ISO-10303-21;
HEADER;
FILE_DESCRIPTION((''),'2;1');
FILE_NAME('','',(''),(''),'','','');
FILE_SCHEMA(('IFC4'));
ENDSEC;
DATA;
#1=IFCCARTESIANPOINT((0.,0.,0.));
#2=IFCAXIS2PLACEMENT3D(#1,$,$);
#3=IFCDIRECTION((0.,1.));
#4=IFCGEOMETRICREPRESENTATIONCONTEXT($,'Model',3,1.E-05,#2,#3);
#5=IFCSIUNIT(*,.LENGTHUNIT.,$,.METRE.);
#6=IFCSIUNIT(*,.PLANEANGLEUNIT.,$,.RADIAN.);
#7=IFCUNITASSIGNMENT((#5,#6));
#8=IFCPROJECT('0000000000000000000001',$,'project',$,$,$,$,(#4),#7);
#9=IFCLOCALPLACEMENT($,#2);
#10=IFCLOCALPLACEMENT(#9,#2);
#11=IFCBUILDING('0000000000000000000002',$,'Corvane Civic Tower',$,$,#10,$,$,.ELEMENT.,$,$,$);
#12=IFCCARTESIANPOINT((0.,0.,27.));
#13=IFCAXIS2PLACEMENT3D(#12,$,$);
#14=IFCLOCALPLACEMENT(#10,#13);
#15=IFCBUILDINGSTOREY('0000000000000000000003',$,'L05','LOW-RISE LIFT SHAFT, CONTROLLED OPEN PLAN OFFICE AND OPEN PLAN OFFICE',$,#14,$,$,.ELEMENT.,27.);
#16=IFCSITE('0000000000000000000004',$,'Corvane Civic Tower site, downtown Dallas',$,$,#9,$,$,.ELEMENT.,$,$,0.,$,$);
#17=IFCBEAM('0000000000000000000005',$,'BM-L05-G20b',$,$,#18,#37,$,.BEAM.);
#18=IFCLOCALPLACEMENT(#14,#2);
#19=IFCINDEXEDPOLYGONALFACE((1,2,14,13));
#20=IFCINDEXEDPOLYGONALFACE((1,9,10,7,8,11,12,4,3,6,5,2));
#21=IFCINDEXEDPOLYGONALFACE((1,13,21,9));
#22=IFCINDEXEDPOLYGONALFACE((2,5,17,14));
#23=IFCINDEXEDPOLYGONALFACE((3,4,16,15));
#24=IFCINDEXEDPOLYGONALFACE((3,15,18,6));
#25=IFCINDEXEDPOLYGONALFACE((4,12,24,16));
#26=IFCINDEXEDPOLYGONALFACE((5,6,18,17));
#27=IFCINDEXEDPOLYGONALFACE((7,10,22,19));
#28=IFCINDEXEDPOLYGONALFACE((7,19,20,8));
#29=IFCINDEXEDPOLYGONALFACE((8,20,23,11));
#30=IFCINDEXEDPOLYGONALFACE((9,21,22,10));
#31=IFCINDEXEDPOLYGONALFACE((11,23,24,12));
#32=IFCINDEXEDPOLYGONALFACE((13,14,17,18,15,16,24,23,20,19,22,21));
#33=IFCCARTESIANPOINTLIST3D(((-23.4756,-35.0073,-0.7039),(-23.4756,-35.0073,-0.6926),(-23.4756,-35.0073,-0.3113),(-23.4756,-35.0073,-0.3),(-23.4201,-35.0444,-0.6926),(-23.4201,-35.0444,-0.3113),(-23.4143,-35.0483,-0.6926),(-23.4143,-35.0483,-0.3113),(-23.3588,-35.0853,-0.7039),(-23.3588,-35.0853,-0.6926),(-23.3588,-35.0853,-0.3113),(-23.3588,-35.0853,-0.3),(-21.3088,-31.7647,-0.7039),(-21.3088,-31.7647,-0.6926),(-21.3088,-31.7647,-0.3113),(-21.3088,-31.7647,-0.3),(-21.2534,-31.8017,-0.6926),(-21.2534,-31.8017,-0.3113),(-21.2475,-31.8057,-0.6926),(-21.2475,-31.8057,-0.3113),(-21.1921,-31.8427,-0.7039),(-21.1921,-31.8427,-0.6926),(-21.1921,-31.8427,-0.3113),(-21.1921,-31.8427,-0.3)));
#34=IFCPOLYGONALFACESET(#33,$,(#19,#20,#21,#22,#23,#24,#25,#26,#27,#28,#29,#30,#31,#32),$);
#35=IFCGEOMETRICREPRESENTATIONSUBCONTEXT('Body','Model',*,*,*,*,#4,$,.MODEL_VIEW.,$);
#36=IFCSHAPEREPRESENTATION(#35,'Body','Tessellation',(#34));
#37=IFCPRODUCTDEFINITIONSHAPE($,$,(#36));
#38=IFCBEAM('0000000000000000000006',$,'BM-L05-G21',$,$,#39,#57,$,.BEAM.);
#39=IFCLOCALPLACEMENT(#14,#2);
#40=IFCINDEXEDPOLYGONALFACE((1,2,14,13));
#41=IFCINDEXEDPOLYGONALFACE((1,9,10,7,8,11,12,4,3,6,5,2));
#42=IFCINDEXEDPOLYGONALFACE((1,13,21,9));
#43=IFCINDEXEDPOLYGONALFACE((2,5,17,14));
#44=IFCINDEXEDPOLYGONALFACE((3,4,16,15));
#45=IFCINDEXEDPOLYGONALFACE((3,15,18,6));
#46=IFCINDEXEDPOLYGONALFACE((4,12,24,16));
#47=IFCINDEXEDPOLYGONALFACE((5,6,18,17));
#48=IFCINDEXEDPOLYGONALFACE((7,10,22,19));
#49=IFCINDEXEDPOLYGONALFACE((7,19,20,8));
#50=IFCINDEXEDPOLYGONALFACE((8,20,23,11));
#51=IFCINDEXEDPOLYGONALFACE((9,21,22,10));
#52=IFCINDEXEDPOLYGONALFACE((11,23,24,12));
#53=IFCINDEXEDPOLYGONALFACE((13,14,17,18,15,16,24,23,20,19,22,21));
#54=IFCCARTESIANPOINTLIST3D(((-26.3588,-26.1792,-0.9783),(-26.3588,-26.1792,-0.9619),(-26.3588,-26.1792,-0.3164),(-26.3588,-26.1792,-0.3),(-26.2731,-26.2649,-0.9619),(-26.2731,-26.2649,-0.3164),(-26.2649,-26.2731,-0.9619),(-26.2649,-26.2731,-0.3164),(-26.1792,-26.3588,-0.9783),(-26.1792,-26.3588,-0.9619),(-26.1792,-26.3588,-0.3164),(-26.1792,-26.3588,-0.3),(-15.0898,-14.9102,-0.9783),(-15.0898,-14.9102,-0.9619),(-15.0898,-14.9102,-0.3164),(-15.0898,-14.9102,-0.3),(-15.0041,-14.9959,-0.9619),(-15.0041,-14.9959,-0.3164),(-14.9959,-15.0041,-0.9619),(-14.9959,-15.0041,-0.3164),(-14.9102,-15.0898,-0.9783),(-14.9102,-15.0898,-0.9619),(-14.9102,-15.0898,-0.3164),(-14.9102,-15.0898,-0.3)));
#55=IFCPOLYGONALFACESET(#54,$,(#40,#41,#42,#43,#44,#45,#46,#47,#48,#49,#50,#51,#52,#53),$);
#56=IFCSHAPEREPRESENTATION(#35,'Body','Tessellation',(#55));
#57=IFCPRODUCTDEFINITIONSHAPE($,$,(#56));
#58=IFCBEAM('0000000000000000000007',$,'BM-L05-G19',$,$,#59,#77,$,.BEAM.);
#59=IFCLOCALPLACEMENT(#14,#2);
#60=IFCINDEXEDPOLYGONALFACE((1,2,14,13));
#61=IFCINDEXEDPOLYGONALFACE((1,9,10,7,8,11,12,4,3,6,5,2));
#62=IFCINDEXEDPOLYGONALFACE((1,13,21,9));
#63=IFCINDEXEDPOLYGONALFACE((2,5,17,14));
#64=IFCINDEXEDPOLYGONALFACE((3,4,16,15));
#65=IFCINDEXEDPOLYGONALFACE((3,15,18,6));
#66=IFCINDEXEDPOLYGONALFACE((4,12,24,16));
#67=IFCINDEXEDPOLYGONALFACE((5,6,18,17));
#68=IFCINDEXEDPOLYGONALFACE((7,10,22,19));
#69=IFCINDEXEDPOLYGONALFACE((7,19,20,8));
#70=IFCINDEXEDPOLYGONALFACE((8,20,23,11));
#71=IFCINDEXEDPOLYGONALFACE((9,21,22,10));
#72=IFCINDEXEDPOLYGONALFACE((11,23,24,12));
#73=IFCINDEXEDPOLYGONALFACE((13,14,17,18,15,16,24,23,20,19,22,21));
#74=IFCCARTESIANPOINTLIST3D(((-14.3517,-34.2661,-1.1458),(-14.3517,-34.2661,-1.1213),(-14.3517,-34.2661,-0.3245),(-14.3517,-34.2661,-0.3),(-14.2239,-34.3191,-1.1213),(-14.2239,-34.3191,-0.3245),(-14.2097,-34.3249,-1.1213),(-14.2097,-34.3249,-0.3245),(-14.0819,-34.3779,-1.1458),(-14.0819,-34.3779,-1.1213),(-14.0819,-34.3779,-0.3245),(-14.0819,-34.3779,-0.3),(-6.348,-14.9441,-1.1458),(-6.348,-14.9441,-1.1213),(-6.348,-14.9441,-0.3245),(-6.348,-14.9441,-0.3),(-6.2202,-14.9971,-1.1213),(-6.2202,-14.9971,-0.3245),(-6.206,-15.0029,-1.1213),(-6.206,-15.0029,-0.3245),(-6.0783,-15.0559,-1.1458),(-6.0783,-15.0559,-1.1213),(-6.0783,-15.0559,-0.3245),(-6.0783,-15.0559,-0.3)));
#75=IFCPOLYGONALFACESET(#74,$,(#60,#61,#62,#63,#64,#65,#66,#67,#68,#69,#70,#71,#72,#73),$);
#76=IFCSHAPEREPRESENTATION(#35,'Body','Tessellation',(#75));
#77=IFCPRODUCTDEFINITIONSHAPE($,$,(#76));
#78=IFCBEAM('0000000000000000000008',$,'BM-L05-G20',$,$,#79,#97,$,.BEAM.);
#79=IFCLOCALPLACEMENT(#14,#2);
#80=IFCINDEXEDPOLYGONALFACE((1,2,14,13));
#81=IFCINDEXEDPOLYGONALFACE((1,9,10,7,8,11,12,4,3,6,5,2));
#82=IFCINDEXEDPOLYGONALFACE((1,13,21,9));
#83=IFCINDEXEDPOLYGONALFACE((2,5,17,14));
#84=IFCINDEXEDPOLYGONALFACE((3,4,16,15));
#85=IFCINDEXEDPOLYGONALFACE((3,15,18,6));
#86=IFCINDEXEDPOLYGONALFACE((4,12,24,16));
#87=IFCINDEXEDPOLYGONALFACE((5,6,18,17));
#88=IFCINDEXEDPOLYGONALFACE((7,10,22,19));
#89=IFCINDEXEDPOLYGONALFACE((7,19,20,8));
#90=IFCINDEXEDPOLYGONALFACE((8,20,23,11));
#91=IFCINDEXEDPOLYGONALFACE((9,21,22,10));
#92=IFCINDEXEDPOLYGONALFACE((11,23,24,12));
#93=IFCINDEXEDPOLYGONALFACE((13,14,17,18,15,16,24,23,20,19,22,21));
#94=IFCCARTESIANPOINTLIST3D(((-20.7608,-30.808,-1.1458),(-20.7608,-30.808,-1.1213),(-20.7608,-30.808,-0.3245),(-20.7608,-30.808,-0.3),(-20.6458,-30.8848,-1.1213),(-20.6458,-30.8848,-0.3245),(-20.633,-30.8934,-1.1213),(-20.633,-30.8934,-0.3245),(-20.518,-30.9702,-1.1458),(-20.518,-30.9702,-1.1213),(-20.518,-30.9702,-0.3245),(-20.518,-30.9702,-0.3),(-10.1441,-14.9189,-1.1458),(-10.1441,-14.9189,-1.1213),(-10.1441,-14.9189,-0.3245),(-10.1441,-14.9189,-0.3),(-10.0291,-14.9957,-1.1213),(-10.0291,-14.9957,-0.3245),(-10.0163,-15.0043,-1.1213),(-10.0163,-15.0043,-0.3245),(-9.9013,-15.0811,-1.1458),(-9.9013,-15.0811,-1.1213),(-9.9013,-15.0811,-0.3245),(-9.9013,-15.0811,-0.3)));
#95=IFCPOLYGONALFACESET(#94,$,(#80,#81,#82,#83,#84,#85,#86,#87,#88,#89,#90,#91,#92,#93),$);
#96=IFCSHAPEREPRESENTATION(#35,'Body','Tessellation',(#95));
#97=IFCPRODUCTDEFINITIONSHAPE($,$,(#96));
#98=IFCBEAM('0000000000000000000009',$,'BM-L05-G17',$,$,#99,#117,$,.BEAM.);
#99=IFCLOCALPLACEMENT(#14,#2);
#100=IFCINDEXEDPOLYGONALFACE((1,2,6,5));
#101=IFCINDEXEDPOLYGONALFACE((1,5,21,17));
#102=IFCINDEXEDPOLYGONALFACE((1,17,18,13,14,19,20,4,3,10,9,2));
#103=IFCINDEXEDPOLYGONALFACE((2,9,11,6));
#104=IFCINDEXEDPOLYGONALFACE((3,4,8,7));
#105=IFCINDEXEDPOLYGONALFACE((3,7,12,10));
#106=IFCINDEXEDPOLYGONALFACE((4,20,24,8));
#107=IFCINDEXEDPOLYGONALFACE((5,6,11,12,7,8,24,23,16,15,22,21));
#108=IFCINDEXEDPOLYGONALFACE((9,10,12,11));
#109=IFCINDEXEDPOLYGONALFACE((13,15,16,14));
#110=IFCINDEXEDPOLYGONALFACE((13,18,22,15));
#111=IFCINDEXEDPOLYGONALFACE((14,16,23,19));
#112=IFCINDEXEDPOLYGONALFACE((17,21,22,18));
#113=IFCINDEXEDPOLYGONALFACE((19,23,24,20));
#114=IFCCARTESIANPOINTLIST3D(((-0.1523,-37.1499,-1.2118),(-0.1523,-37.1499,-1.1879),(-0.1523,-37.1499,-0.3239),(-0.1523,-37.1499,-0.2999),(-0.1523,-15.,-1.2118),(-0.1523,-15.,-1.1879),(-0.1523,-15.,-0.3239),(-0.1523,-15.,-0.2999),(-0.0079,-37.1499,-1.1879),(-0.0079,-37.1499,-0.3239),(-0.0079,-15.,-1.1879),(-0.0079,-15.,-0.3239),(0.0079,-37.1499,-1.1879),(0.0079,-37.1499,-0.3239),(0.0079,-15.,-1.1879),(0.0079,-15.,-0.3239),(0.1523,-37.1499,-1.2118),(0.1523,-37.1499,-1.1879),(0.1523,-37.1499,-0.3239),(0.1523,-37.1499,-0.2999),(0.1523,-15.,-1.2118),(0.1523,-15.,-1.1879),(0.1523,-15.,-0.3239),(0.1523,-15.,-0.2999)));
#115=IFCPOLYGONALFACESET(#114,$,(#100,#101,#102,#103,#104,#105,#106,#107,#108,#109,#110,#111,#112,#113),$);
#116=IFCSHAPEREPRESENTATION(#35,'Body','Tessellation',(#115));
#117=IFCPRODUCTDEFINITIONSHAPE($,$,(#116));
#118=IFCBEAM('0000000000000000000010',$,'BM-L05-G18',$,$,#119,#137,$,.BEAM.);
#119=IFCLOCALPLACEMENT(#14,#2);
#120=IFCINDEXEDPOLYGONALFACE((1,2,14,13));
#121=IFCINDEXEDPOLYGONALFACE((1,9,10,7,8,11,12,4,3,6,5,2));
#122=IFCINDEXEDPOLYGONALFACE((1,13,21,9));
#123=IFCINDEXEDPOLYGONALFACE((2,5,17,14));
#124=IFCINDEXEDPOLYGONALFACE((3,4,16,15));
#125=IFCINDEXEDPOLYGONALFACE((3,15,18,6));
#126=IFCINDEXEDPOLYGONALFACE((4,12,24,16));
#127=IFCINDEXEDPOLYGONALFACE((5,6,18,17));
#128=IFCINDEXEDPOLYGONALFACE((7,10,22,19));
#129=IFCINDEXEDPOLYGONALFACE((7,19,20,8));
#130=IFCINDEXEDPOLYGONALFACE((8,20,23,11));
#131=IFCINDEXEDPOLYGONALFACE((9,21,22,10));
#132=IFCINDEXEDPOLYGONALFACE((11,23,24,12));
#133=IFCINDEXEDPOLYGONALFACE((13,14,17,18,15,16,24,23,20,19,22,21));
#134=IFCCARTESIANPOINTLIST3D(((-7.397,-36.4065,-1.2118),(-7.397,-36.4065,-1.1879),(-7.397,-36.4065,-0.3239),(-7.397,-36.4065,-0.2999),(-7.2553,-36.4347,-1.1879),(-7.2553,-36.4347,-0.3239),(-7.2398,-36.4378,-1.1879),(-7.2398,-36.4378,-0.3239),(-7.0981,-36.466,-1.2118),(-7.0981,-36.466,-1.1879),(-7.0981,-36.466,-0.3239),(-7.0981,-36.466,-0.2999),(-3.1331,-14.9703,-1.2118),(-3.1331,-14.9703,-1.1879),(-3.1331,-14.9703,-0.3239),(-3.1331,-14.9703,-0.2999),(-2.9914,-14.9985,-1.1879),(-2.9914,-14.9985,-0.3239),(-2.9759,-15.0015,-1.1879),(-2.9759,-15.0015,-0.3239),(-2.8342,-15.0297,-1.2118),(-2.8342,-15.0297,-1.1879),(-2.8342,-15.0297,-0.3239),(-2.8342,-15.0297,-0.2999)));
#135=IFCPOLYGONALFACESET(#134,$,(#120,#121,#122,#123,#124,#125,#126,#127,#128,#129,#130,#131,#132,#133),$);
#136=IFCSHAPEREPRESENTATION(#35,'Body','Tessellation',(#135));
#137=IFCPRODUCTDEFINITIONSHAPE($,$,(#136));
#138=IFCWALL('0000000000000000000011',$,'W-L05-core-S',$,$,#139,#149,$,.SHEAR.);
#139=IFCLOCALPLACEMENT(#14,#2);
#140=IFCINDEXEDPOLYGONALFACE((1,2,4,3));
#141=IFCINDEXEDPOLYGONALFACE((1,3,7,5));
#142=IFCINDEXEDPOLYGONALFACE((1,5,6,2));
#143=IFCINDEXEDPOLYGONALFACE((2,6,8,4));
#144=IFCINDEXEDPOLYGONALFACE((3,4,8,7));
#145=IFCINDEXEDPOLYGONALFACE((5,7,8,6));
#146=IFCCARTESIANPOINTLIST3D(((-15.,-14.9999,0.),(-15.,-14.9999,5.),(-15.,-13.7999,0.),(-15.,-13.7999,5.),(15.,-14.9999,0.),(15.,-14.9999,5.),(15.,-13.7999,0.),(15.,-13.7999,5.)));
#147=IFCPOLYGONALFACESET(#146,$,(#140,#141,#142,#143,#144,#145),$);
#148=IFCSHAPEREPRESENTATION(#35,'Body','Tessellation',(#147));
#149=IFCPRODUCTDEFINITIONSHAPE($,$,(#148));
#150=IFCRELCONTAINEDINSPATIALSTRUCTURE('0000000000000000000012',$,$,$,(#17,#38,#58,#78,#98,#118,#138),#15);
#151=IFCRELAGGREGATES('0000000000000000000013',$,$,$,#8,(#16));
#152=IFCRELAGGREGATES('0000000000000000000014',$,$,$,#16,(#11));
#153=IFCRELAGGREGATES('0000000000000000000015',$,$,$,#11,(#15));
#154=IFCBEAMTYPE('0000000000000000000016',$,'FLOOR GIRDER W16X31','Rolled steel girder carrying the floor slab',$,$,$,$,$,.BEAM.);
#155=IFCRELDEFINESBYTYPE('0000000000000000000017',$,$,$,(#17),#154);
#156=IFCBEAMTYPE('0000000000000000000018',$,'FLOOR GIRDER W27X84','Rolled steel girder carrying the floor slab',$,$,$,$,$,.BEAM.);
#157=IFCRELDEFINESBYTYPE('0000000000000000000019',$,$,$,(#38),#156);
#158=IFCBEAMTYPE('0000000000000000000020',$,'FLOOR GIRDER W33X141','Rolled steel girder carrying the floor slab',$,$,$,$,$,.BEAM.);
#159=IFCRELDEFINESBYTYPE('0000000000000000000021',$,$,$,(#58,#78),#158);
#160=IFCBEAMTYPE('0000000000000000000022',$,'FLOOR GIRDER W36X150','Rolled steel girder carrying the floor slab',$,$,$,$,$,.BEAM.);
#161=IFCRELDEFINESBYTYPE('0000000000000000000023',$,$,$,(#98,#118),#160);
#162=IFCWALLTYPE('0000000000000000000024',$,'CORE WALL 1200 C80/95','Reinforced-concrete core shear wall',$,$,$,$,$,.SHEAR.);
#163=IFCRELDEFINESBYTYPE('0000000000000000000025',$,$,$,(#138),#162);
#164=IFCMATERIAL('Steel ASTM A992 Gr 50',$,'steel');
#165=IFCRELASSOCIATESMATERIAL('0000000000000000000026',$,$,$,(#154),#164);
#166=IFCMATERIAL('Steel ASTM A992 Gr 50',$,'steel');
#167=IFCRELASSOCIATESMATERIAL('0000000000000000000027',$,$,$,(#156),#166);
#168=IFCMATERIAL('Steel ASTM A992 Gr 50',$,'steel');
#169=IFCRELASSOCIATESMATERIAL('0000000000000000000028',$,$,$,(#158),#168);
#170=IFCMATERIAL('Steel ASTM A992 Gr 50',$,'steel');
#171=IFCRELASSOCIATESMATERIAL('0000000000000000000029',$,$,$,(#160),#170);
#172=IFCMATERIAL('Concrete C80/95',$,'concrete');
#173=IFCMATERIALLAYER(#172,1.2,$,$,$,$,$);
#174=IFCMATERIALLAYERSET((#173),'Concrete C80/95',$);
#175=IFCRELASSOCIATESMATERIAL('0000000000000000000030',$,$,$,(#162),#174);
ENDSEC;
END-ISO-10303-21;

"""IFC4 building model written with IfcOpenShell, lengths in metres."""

from ifc_helpers import new_model, si_unit, direction, frame, frame_2d, origin, origin_2d, place, context, subcontext, project, spatial, rectangle, i_section, extrude, material, layer, layer_set, material_profile, profile_set, type_object, element, save


model = new_model("IFC4")

# Units and contexts
model_context = context("Model", 3, precision=1e-05, world=origin(), true_north=direction((0.0, 1.0)))
body_context = subcontext(model_context, "Body", "Model", "MODEL_VIEW")
ifc_project = project(units=[si_unit("LENGTHUNIT", "METRE"), si_unit("PLANEANGLEUNIT", "RADIAN")], contexts=[model_context])

# Site, building, storey
site_placement = place(None, origin())
site = spatial("IfcSite", under=ifc_project, at=site_placement, Name="Corvane Civic Tower site, downtown Dallas", CompositionType="ELEMENT", RefElevation=0.0)
building_placement = place(site_placement, origin())
building = spatial("IfcBuilding", under=site, at=building_placement, Name="Corvane Civic Tower", CompositionType="ELEMENT")
storey_placement = place(building_placement, frame((0.0, 0.0, 27.0)))
storey = spatial("IfcBuildingStorey", under=building, at=storey_placement, Name="L05", Description="LOW-RISE LIFT SHAFT, CONTROLLED OPEN PLAN OFFICE AND OPEN PLAN OFFICE", CompositionType="ELEMENT", Elevation=27.0)

# Beams
ifc_material_1 = material(Name="Steel ASTM A992 Gr 50", Category="steel")
ifc_material_profile_1 = material_profile(ifc_material_1, i_section(OverallWidth=0.1404, OverallDepth=0.4038, WebThickness=0.0071, FlangeThickness=0.0112, at=origin_2d()), Name="W16X31")
ifc_profile_set_1 = profile_set([ifc_material_profile_1], Name="Steel ASTM A992 Gr 50")
beam_type_1 = type_object("IfcBeamType", Name="FLOOR GIRDER W16X31", Description="Rolled steel girder carrying the floor slab", PredefinedType="BEAM", material=ifc_profile_set_1)
beam_1_placement = place(storey_placement, frame((-21.2505, -31.8037, -0.502), z_axis=(-0.555581, -0.831462, 0.0), x_axis=(0.831462, -0.555581, 0.0)))
element("IfcBeam", 1, at=beam_1_placement, inside=storey, type_object=beam_type_1, Name="BM-L05-G20b", PredefinedType="BEAM", context=body_context, shape_type="SweptSolid", body=[
    extrude(i_section(OverallWidth=0.1404, OverallDepth=0.4038, WebThickness=0.0071, FlangeThickness=0.0112, at=origin_2d()), origin(), (0.0, 0.0, 1.0), 3.8999),
])
ifc_material_2 = material(Name="Steel ASTM A992 Gr 50", Category="steel")
ifc_material_profile_2 = material_profile(ifc_material_2, i_section(OverallWidth=0.2539, OverallDepth=0.6782, WebThickness=0.0117, FlangeThickness=0.0164, at=origin_2d()), Name="W27X84")
ifc_profile_set_2 = profile_set([ifc_material_profile_2], Name="Steel ASTM A992 Gr 50")
beam_type_2 = type_object("IfcBeamType", Name="FLOOR GIRDER W27X84", Description="Rolled steel girder carrying the floor slab", PredefinedType="BEAM", material=ifc_profile_set_2)
beam_2_placement = place(storey_placement, frame((-15.0, -15.0, -0.6392), z_axis=(-0.707107, -0.707107, 0.0), x_axis=(0.707107, -0.707107, 0.0)))
element("IfcBeam", 2, at=beam_2_placement, inside=storey, type_object=beam_type_2, Name="BM-L05-G21", PredefinedType="BEAM", context=body_context, shape_type="SweptSolid", body=[
    extrude(i_section(OverallWidth=0.2539, OverallDepth=0.6782, WebThickness=0.0117, FlangeThickness=0.0164, at=origin_2d()), origin(), (0.0, 0.0, 1.0), 15.9368),
])
ifc_material_3 = material(Name="Steel ASTM A992 Gr 50", Category="steel")
ifc_material_profile_3 = material_profile(ifc_material_3, i_section(OverallWidth=0.292, OverallDepth=0.8457, WebThickness=0.0154, FlangeThickness=0.0244, at=origin_2d()), Name="W33X141")
ifc_profile_set_3 = profile_set([ifc_material_profile_3], Name="Steel ASTM A992 Gr 50")
beam_type_3 = type_object("IfcBeamType", Name="FLOOR GIRDER W33X141", Description="Rolled steel girder carrying the floor slab", PredefinedType="BEAM", material=ifc_profile_set_3)
beam_3_placement = place(storey_placement, frame((-6.2131, -15.0, -0.7229), z_axis=(-0.382692, -0.923876, 0.0), x_axis=(0.923876, -0.382692, 0.0)))
element("IfcBeam", 3, at=beam_3_placement, inside=storey, type_object=beam_type_3, Name="BM-L05-G19", PredefinedType="BEAM", context=body_context, shape_type="SweptSolid", body=[
    extrude(i_section(OverallWidth=0.292, OverallDepth=0.8457, WebThickness=0.0154, FlangeThickness=0.0244, at=origin_2d()), origin(), (0.0, 0.0, 1.0), 20.9141),
])
beam_4_placement = place(storey_placement, frame((-10.0227, -15.0, -0.7229), z_axis=(-0.555567, -0.831472, 0.0), x_axis=(0.831472, -0.555567, 0.0)))
element("IfcBeam", 4, at=beam_4_placement, inside=storey, type_object=beam_type_3, Name="BM-L05-G20", PredefinedType="BEAM", context=body_context, shape_type="SweptSolid", body=[
    extrude(i_section(OverallWidth=0.292, OverallDepth=0.8457, WebThickness=0.0154, FlangeThickness=0.0244, at=origin_2d()), origin(), (0.0, 0.0, 1.0), 19.1096),
])
ifc_material_4 = material(Name="Steel ASTM A992 Gr 50", Category="steel")
ifc_material_profile_4 = material_profile(ifc_material_4, i_section(OverallWidth=0.3047, OverallDepth=0.9119, WebThickness=0.0159, FlangeThickness=0.0239, at=origin_2d()), Name="W36X150")
ifc_profile_set_4 = profile_set([ifc_material_profile_4], Name="Steel ASTM A992 Gr 50")
beam_type_4 = type_object("IfcBeamType", Name="FLOOR GIRDER W36X150", Description="Rolled steel girder carrying the floor slab", PredefinedType="BEAM", material=ifc_profile_set_4)
beam_5_placement = place(storey_placement, frame((0.0, -15.0, -0.7559), z_axis=(0.0, -1.0, 0.0), x_axis=(1.0, 0.0, 0.0)))
element("IfcBeam", 5, at=beam_5_placement, inside=storey, type_object=beam_type_4, Name="BM-L05-G17", PredefinedType="BEAM", context=body_context, shape_type="SweptSolid", body=[
    extrude(i_section(OverallWidth=0.3047, OverallDepth=0.9119, WebThickness=0.0159, FlangeThickness=0.0239, at=origin_2d()), origin(), (0.0, 0.0, 1.0), 22.1499),
])
beam_6_placement = place(storey_placement, frame((-2.9836, -15.0, -0.7559), z_axis=(-0.195089, -0.980785, 0.0), x_axis=(0.980785, -0.195089, 0.0)))
element("IfcBeam", 6, at=beam_6_placement, inside=storey, type_object=beam_type_4, Name="BM-L05-G18", PredefinedType="BEAM", context=body_context, shape_type="SweptSolid", body=[
    extrude(i_section(OverallWidth=0.3047, OverallDepth=0.9119, WebThickness=0.0159, FlangeThickness=0.0239, at=origin_2d()), origin(), (0.0, 0.0, 1.0), 21.8562),
])

# Wall
ifc_material_5 = material(Name="Concrete C80/95", Category="concrete")
ifc_layer_1 = layer(ifc_material_5, 1.2)
ifc_layer_set_1 = layer_set([ifc_layer_1], Name="Concrete C80/95")
wall_type_1 = type_object("IfcWallType", Name="CORE WALL 1200 C80/95", Description="Reinforced-concrete core shear wall", PredefinedType="SHEAR", material=ifc_layer_set_1)
wall_1_placement = place(storey_placement, frame((-15.0, -14.3999, 0.0), z_axis=(0.0, 0.0, 1.0), x_axis=(1.0, 0.0, 0.0)))
element("IfcWall", 7, at=wall_1_placement, inside=storey, type_object=wall_type_1, Name="W-L05-core-S", PredefinedType="SHEAR", context=body_context, shape_type="SweptSolid", body=[
    extrude(rectangle(XDim=30.0, YDim=1.2, at=frame_2d((15.0, 0.0))), origin(), (0.0, 0.0, 1.0), 5.0),
])

save(model, "model.ifc")
